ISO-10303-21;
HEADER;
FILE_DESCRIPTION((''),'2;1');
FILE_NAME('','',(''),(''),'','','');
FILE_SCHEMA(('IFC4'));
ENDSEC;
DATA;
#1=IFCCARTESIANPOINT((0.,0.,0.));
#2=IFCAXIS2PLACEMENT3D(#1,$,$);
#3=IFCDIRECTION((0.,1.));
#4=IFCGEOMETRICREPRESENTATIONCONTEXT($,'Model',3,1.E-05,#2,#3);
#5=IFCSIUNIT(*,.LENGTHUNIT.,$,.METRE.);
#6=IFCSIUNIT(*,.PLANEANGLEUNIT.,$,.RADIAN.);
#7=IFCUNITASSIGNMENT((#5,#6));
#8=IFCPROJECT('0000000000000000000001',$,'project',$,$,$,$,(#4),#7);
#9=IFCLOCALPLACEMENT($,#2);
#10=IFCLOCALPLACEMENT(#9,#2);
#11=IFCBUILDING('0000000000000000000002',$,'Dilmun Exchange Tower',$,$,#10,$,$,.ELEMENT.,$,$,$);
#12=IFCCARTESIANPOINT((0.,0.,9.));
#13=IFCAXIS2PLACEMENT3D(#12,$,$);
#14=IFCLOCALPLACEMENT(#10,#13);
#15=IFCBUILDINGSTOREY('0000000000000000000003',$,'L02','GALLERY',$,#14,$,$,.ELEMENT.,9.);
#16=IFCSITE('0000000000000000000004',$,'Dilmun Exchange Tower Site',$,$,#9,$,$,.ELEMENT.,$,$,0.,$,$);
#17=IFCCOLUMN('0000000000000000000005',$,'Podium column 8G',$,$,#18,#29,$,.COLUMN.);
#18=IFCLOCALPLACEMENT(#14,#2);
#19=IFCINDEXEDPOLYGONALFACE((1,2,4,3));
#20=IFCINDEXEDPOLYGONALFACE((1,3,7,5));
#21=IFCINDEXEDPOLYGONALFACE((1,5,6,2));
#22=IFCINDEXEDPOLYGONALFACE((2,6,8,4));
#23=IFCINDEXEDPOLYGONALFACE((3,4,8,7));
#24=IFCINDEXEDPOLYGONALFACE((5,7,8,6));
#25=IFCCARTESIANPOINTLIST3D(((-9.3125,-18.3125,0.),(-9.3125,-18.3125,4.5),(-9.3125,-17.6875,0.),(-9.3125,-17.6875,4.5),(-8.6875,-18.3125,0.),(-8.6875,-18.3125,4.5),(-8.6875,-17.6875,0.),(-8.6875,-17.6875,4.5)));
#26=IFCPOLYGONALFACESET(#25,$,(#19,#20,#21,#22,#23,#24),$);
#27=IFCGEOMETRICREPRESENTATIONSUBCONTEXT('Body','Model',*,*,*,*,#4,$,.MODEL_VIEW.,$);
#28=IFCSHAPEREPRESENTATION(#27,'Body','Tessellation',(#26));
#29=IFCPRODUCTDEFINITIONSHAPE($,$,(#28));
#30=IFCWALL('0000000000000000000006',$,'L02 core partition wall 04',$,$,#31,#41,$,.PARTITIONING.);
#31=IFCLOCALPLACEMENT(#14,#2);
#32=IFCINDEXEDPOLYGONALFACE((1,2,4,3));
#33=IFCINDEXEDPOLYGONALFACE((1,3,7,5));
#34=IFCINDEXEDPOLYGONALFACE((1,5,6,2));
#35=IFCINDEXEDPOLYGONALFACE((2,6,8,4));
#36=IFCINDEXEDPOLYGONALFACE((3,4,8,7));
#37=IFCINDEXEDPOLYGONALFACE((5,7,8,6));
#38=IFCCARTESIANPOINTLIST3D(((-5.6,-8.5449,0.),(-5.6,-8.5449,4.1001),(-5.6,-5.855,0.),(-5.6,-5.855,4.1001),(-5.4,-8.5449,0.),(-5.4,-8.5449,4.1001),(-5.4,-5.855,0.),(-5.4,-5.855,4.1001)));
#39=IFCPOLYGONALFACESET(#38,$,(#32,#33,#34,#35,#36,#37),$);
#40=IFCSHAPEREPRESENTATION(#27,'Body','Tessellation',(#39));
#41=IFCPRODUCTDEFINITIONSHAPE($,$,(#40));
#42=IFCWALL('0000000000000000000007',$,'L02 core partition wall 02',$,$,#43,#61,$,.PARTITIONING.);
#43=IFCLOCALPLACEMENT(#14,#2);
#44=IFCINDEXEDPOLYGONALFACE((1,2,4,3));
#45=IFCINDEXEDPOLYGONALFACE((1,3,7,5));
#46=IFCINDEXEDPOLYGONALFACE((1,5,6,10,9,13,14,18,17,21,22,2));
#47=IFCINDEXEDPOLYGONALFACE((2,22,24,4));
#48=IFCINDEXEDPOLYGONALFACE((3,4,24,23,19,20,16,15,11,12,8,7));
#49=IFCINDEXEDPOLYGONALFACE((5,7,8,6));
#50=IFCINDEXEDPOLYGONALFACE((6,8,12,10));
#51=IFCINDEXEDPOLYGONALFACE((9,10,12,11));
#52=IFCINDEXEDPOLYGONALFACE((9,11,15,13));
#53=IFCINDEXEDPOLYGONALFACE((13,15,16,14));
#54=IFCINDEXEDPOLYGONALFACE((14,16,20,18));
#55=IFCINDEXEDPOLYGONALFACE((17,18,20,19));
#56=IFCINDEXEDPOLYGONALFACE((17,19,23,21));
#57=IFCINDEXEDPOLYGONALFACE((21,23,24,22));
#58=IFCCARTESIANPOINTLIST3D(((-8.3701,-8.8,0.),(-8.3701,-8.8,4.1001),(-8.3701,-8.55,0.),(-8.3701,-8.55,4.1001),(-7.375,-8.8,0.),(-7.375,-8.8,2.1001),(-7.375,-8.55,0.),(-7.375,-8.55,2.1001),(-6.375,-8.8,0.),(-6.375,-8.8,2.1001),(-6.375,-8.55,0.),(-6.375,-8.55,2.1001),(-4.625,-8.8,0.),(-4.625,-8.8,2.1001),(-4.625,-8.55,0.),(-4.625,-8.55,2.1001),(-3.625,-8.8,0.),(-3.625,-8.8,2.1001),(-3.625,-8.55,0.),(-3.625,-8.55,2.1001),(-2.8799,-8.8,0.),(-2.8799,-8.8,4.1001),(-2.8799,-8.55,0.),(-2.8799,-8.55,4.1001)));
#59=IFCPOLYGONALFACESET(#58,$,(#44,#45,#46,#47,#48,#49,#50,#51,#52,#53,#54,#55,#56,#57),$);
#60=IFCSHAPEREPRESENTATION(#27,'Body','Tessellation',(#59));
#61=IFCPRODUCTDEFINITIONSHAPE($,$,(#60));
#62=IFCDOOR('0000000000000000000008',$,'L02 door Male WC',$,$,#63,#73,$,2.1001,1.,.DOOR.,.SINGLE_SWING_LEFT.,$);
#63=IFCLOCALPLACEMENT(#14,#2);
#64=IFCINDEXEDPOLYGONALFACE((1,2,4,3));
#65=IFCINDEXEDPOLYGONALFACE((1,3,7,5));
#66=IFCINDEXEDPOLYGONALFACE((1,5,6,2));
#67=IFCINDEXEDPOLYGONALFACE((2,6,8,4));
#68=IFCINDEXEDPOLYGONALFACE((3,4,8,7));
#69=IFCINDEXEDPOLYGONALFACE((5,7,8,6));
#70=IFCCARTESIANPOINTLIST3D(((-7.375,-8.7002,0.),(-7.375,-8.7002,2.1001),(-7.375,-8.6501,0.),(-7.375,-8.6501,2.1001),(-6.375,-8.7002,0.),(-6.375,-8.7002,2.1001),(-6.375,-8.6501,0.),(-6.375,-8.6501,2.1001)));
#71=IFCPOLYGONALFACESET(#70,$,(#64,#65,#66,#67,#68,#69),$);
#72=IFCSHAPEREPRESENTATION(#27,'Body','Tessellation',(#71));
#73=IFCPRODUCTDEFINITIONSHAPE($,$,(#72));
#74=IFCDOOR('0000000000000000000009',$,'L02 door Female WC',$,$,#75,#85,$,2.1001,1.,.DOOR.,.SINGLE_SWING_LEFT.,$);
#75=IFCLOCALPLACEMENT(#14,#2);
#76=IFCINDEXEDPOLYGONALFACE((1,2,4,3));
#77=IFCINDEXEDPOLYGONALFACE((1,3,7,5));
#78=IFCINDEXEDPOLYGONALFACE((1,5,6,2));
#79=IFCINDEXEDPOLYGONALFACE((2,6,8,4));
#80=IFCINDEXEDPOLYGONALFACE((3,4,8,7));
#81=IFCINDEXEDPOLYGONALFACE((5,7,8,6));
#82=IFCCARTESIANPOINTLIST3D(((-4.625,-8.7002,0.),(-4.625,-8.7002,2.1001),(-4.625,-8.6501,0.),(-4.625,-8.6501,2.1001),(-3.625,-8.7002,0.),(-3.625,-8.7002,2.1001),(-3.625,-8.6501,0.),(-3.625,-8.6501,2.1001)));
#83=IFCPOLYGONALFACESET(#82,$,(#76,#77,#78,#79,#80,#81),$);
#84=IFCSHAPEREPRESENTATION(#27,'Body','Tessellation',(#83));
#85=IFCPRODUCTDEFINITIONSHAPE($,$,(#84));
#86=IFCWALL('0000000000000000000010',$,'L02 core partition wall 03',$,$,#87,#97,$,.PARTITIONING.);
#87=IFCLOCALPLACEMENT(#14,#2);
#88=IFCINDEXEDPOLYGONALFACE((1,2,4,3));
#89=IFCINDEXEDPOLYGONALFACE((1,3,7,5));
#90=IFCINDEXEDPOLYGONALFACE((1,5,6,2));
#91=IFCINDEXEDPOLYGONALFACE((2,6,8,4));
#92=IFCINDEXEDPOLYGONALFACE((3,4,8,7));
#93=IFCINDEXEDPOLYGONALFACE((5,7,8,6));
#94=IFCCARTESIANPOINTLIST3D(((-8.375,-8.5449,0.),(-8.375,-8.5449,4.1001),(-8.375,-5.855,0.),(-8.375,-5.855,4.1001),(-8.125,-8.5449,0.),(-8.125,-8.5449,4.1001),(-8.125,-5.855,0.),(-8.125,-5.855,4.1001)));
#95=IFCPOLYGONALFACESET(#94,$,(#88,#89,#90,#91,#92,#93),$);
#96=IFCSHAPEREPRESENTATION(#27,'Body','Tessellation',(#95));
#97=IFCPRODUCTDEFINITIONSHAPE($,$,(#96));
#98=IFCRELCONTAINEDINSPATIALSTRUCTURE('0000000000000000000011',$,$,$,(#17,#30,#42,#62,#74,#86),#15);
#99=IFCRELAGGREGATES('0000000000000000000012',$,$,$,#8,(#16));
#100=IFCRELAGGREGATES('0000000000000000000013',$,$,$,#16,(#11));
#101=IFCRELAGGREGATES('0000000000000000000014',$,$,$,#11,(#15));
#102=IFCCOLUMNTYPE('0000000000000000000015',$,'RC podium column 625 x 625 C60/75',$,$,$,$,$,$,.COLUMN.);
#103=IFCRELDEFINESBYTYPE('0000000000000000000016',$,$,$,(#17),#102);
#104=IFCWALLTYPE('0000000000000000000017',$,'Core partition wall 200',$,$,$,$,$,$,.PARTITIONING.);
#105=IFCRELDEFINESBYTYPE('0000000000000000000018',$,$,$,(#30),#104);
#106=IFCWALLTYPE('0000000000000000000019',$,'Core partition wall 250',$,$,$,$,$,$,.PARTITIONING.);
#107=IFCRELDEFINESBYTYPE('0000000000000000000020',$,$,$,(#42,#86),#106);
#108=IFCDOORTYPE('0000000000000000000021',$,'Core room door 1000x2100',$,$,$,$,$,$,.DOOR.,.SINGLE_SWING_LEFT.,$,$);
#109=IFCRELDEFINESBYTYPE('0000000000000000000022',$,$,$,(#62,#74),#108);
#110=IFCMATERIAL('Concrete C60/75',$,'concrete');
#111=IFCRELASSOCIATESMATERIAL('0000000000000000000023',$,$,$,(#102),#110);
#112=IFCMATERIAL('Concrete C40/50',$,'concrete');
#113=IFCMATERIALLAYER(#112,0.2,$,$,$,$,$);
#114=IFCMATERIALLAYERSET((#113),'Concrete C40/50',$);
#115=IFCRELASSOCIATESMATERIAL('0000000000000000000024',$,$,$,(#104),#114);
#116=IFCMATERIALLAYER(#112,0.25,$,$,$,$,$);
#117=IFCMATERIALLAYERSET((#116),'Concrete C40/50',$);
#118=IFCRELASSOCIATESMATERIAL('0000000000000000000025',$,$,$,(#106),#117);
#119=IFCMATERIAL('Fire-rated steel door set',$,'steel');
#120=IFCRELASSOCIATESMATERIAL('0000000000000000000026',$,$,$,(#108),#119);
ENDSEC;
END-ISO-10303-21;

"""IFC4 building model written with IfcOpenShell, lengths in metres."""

from ifc_helpers import new_model, si_unit, direction, frame, frame_2d, origin, origin_2d, place, context, subcontext, project, spatial, rectangle, extrude, material, layer, layer_set, material_profile, profile_set, type_object, element, fill, save


model = new_model("IFC4")

# Units and contexts
model_context = context("Model", 3, precision=1e-05, world=origin(), true_north=direction((0.0, 1.0)))
body_context = subcontext(model_context, "Body", "Model", "MODEL_VIEW")
ifc_project = project(units=[si_unit("LENGTHUNIT", "METRE"), si_unit("PLANEANGLEUNIT", "RADIAN")], contexts=[model_context])

# Site, building, storey
site_placement = place(None, origin())
site = spatial("IfcSite", under=ifc_project, at=site_placement, Name="Dilmun Exchange Tower Site", CompositionType="ELEMENT", RefElevation=0.0)
building_placement = place(site_placement, origin())
building = spatial("IfcBuilding", under=site, at=building_placement, Name="Dilmun Exchange Tower", CompositionType="ELEMENT")
storey_placement = place(building_placement, frame((0.0, 0.0, 9.0)))
storey = spatial("IfcBuildingStorey", under=building, at=storey_placement, Name="L02", Description="GALLERY", CompositionType="ELEMENT", Elevation=9.0)

# Column
ifc_material_1 = material(Name="Concrete C60/75", Category="concrete")
ifc_material_profile = material_profile(ifc_material_1, rectangle(XDim=0.625, YDim=0.625, at=origin_2d()), Name="625 x 625")
ifc_profile_set = profile_set([ifc_material_profile], Name="Concrete C60/75")
column_type = type_object("IfcColumnType", Name="RC podium column 625 x 625 C60/75", PredefinedType="COLUMN", material=ifc_profile_set)
column_placement = place(storey_placement, frame((-9.0, -18.0, 0.0), z_axis=(0.0, 0.0, 1.0), x_axis=(1.0, 0.0, 0.0)))
element("IfcColumn", 1, at=column_placement, inside=storey, type_object=column_type, Name="Podium column 8G", PredefinedType="COLUMN", context=body_context, shape_type="SweptSolid", body=[
    extrude(rectangle(XDim=0.625, YDim=0.625, at=origin_2d()), origin(), (0.0, 0.0, 1.0), 4.5),
])

# Wall
ifc_material_2 = material(Name="Concrete C40/50", Category="concrete")
ifc_layer_1 = layer(ifc_material_2, 0.2)
ifc_layer_set_1 = layer_set([ifc_layer_1], Name="Concrete C40/50")
wall_type_1 = type_object("IfcWallType", Name="Core partition wall 200", PredefinedType="PARTITIONING", material=ifc_layer_set_1)
wall_1_placement = place(storey_placement, frame((-5.5, -8.5449, 0.0), z_axis=(0.0, 0.0, 1.0), x_axis=(0.0, 1.0, 0.0)))
element("IfcWall", 2, at=wall_1_placement, inside=storey, type_object=wall_type_1, Name="L02 core partition wall 04", PredefinedType="PARTITIONING", context=body_context, shape_type="SweptSolid", body=[
    extrude(rectangle(XDim=2.6899, YDim=0.2, at=frame_2d((1.345, 0.0))), origin(), (0.0, 0.0, 1.0), 4.1001),
])

# Wall, openings, doors
ifc_layer_2 = layer(ifc_material_2, 0.25)
ifc_layer_set_2 = layer_set([ifc_layer_2], Name="Concrete C40/50")
wall_type_2 = type_object("IfcWallType", Name="Core partition wall 250", PredefinedType="PARTITIONING", material=ifc_layer_set_2)
wall_2_placement = place(storey_placement, frame((-8.3701, -8.675, 0.0), z_axis=(0.0, 0.0, 1.0), x_axis=(1.0, 0.0, 0.0)))
wall_2 = element("IfcWall", 3, at=wall_2_placement, inside=storey, type_object=wall_type_2, Name="L02 core partition wall 02", PredefinedType="PARTITIONING", context=body_context, shape_type="SweptSolid", body=[
    extrude(rectangle(XDim=5.4902, YDim=0.25, at=frame_2d((2.7451, 0.0))), origin(), (0.0, 0.0, 1.0), 4.1001),
])
opening_1_placement = place(wall_2_placement, frame((0.9951, 0.0, 0.0)))
opening_1 = element("IfcOpeningElement", 4, at=opening_1_placement, cuts=wall_2, PredefinedType="OPENING", context=body_context, shape_type="SweptSolid", body=[
    extrude(rectangle(XDim=1.0, YDim=2.1001, at=frame_2d((0.5, 1.05))), frame((0.0, 0.135, 0.0), z_axis=(0.0, -1.0, 0.0), x_axis=(1.0, 0.0, 0.0)), (0.0, 0.0, 1.0), 0.27),
])
opening_2_placement = place(wall_2_placement, frame((3.7451, 0.0, 0.0)))
opening_2 = element("IfcOpeningElement", 5, at=opening_2_placement, cuts=wall_2, PredefinedType="OPENING", context=body_context, shape_type="SweptSolid", body=[
    extrude(rectangle(XDim=1.0, YDim=2.1001, at=frame_2d((0.5, 1.05))), frame((0.0, 0.135, 0.0), z_axis=(0.0, -1.0, 0.0), x_axis=(1.0, 0.0, 0.0)), (0.0, 0.0, 1.0), 0.27),
])
ifc_material_3 = material(Name="Fire-rated steel door set", Category="steel")
door_type_1 = type_object("IfcDoorType", Name="Core room door 1000x2100", OperationType="SINGLE_SWING_LEFT", PredefinedType="DOOR", material=ifc_material_3)
door_1_placement = place(opening_1_placement, origin())
door_1 = element("IfcDoor", 6, at=door_1_placement, inside=storey, type_object=door_type_1, Name="L02 door Male WC", OperationType="SINGLE_SWING_LEFT", OverallHeight=2.1001, OverallWidth=1.0, PredefinedType="DOOR", context=body_context, shape_type="SweptSolid", body=[
    extrude(rectangle(XDim=1.0, YDim=2.1001, at=frame_2d((0.5, 1.05))), frame((0.0, 0.0249, 0.0), z_axis=(0.0, -1.0, 0.0), x_axis=(1.0, 0.0, 0.0)), (0.0, 0.0, 1.0), 0.05),
])
fill(opening_1, door_1)
door_2_placement = place(opening_2_placement, origin())
door_2 = element("IfcDoor", 7, at=door_2_placement, inside=storey, type_object=door_type_1, Name="L02 door Female WC", OperationType="SINGLE_SWING_LEFT", OverallHeight=2.1001, OverallWidth=1.0, PredefinedType="DOOR", context=body_context, shape_type="SweptSolid", body=[
    extrude(rectangle(XDim=1.0, YDim=2.1001, at=frame_2d((0.5, 1.05))), frame((0.0, 0.0249, 0.0), z_axis=(0.0, -1.0, 0.0), x_axis=(1.0, 0.0, 0.0)), (0.0, 0.0, 1.0), 0.05),
])
fill(opening_2, door_2)

# Wall
wall_3_placement = place(storey_placement, frame((-8.25, -8.5449, 0.0), z_axis=(0.0, 0.0, 1.0), x_axis=(0.0, 1.0, 0.0)))
element("IfcWall", 8, at=wall_3_placement, inside=storey, type_object=wall_type_2, Name="L02 core partition wall 03", PredefinedType="PARTITIONING", context=body_context, shape_type="SweptSolid", body=[
    extrude(rectangle(XDim=2.6899, YDim=0.25, at=frame_2d((1.345, 0.0))), origin(), (0.0, 0.0, 1.0), 4.1001),
])

save(model, "model.ifc")
